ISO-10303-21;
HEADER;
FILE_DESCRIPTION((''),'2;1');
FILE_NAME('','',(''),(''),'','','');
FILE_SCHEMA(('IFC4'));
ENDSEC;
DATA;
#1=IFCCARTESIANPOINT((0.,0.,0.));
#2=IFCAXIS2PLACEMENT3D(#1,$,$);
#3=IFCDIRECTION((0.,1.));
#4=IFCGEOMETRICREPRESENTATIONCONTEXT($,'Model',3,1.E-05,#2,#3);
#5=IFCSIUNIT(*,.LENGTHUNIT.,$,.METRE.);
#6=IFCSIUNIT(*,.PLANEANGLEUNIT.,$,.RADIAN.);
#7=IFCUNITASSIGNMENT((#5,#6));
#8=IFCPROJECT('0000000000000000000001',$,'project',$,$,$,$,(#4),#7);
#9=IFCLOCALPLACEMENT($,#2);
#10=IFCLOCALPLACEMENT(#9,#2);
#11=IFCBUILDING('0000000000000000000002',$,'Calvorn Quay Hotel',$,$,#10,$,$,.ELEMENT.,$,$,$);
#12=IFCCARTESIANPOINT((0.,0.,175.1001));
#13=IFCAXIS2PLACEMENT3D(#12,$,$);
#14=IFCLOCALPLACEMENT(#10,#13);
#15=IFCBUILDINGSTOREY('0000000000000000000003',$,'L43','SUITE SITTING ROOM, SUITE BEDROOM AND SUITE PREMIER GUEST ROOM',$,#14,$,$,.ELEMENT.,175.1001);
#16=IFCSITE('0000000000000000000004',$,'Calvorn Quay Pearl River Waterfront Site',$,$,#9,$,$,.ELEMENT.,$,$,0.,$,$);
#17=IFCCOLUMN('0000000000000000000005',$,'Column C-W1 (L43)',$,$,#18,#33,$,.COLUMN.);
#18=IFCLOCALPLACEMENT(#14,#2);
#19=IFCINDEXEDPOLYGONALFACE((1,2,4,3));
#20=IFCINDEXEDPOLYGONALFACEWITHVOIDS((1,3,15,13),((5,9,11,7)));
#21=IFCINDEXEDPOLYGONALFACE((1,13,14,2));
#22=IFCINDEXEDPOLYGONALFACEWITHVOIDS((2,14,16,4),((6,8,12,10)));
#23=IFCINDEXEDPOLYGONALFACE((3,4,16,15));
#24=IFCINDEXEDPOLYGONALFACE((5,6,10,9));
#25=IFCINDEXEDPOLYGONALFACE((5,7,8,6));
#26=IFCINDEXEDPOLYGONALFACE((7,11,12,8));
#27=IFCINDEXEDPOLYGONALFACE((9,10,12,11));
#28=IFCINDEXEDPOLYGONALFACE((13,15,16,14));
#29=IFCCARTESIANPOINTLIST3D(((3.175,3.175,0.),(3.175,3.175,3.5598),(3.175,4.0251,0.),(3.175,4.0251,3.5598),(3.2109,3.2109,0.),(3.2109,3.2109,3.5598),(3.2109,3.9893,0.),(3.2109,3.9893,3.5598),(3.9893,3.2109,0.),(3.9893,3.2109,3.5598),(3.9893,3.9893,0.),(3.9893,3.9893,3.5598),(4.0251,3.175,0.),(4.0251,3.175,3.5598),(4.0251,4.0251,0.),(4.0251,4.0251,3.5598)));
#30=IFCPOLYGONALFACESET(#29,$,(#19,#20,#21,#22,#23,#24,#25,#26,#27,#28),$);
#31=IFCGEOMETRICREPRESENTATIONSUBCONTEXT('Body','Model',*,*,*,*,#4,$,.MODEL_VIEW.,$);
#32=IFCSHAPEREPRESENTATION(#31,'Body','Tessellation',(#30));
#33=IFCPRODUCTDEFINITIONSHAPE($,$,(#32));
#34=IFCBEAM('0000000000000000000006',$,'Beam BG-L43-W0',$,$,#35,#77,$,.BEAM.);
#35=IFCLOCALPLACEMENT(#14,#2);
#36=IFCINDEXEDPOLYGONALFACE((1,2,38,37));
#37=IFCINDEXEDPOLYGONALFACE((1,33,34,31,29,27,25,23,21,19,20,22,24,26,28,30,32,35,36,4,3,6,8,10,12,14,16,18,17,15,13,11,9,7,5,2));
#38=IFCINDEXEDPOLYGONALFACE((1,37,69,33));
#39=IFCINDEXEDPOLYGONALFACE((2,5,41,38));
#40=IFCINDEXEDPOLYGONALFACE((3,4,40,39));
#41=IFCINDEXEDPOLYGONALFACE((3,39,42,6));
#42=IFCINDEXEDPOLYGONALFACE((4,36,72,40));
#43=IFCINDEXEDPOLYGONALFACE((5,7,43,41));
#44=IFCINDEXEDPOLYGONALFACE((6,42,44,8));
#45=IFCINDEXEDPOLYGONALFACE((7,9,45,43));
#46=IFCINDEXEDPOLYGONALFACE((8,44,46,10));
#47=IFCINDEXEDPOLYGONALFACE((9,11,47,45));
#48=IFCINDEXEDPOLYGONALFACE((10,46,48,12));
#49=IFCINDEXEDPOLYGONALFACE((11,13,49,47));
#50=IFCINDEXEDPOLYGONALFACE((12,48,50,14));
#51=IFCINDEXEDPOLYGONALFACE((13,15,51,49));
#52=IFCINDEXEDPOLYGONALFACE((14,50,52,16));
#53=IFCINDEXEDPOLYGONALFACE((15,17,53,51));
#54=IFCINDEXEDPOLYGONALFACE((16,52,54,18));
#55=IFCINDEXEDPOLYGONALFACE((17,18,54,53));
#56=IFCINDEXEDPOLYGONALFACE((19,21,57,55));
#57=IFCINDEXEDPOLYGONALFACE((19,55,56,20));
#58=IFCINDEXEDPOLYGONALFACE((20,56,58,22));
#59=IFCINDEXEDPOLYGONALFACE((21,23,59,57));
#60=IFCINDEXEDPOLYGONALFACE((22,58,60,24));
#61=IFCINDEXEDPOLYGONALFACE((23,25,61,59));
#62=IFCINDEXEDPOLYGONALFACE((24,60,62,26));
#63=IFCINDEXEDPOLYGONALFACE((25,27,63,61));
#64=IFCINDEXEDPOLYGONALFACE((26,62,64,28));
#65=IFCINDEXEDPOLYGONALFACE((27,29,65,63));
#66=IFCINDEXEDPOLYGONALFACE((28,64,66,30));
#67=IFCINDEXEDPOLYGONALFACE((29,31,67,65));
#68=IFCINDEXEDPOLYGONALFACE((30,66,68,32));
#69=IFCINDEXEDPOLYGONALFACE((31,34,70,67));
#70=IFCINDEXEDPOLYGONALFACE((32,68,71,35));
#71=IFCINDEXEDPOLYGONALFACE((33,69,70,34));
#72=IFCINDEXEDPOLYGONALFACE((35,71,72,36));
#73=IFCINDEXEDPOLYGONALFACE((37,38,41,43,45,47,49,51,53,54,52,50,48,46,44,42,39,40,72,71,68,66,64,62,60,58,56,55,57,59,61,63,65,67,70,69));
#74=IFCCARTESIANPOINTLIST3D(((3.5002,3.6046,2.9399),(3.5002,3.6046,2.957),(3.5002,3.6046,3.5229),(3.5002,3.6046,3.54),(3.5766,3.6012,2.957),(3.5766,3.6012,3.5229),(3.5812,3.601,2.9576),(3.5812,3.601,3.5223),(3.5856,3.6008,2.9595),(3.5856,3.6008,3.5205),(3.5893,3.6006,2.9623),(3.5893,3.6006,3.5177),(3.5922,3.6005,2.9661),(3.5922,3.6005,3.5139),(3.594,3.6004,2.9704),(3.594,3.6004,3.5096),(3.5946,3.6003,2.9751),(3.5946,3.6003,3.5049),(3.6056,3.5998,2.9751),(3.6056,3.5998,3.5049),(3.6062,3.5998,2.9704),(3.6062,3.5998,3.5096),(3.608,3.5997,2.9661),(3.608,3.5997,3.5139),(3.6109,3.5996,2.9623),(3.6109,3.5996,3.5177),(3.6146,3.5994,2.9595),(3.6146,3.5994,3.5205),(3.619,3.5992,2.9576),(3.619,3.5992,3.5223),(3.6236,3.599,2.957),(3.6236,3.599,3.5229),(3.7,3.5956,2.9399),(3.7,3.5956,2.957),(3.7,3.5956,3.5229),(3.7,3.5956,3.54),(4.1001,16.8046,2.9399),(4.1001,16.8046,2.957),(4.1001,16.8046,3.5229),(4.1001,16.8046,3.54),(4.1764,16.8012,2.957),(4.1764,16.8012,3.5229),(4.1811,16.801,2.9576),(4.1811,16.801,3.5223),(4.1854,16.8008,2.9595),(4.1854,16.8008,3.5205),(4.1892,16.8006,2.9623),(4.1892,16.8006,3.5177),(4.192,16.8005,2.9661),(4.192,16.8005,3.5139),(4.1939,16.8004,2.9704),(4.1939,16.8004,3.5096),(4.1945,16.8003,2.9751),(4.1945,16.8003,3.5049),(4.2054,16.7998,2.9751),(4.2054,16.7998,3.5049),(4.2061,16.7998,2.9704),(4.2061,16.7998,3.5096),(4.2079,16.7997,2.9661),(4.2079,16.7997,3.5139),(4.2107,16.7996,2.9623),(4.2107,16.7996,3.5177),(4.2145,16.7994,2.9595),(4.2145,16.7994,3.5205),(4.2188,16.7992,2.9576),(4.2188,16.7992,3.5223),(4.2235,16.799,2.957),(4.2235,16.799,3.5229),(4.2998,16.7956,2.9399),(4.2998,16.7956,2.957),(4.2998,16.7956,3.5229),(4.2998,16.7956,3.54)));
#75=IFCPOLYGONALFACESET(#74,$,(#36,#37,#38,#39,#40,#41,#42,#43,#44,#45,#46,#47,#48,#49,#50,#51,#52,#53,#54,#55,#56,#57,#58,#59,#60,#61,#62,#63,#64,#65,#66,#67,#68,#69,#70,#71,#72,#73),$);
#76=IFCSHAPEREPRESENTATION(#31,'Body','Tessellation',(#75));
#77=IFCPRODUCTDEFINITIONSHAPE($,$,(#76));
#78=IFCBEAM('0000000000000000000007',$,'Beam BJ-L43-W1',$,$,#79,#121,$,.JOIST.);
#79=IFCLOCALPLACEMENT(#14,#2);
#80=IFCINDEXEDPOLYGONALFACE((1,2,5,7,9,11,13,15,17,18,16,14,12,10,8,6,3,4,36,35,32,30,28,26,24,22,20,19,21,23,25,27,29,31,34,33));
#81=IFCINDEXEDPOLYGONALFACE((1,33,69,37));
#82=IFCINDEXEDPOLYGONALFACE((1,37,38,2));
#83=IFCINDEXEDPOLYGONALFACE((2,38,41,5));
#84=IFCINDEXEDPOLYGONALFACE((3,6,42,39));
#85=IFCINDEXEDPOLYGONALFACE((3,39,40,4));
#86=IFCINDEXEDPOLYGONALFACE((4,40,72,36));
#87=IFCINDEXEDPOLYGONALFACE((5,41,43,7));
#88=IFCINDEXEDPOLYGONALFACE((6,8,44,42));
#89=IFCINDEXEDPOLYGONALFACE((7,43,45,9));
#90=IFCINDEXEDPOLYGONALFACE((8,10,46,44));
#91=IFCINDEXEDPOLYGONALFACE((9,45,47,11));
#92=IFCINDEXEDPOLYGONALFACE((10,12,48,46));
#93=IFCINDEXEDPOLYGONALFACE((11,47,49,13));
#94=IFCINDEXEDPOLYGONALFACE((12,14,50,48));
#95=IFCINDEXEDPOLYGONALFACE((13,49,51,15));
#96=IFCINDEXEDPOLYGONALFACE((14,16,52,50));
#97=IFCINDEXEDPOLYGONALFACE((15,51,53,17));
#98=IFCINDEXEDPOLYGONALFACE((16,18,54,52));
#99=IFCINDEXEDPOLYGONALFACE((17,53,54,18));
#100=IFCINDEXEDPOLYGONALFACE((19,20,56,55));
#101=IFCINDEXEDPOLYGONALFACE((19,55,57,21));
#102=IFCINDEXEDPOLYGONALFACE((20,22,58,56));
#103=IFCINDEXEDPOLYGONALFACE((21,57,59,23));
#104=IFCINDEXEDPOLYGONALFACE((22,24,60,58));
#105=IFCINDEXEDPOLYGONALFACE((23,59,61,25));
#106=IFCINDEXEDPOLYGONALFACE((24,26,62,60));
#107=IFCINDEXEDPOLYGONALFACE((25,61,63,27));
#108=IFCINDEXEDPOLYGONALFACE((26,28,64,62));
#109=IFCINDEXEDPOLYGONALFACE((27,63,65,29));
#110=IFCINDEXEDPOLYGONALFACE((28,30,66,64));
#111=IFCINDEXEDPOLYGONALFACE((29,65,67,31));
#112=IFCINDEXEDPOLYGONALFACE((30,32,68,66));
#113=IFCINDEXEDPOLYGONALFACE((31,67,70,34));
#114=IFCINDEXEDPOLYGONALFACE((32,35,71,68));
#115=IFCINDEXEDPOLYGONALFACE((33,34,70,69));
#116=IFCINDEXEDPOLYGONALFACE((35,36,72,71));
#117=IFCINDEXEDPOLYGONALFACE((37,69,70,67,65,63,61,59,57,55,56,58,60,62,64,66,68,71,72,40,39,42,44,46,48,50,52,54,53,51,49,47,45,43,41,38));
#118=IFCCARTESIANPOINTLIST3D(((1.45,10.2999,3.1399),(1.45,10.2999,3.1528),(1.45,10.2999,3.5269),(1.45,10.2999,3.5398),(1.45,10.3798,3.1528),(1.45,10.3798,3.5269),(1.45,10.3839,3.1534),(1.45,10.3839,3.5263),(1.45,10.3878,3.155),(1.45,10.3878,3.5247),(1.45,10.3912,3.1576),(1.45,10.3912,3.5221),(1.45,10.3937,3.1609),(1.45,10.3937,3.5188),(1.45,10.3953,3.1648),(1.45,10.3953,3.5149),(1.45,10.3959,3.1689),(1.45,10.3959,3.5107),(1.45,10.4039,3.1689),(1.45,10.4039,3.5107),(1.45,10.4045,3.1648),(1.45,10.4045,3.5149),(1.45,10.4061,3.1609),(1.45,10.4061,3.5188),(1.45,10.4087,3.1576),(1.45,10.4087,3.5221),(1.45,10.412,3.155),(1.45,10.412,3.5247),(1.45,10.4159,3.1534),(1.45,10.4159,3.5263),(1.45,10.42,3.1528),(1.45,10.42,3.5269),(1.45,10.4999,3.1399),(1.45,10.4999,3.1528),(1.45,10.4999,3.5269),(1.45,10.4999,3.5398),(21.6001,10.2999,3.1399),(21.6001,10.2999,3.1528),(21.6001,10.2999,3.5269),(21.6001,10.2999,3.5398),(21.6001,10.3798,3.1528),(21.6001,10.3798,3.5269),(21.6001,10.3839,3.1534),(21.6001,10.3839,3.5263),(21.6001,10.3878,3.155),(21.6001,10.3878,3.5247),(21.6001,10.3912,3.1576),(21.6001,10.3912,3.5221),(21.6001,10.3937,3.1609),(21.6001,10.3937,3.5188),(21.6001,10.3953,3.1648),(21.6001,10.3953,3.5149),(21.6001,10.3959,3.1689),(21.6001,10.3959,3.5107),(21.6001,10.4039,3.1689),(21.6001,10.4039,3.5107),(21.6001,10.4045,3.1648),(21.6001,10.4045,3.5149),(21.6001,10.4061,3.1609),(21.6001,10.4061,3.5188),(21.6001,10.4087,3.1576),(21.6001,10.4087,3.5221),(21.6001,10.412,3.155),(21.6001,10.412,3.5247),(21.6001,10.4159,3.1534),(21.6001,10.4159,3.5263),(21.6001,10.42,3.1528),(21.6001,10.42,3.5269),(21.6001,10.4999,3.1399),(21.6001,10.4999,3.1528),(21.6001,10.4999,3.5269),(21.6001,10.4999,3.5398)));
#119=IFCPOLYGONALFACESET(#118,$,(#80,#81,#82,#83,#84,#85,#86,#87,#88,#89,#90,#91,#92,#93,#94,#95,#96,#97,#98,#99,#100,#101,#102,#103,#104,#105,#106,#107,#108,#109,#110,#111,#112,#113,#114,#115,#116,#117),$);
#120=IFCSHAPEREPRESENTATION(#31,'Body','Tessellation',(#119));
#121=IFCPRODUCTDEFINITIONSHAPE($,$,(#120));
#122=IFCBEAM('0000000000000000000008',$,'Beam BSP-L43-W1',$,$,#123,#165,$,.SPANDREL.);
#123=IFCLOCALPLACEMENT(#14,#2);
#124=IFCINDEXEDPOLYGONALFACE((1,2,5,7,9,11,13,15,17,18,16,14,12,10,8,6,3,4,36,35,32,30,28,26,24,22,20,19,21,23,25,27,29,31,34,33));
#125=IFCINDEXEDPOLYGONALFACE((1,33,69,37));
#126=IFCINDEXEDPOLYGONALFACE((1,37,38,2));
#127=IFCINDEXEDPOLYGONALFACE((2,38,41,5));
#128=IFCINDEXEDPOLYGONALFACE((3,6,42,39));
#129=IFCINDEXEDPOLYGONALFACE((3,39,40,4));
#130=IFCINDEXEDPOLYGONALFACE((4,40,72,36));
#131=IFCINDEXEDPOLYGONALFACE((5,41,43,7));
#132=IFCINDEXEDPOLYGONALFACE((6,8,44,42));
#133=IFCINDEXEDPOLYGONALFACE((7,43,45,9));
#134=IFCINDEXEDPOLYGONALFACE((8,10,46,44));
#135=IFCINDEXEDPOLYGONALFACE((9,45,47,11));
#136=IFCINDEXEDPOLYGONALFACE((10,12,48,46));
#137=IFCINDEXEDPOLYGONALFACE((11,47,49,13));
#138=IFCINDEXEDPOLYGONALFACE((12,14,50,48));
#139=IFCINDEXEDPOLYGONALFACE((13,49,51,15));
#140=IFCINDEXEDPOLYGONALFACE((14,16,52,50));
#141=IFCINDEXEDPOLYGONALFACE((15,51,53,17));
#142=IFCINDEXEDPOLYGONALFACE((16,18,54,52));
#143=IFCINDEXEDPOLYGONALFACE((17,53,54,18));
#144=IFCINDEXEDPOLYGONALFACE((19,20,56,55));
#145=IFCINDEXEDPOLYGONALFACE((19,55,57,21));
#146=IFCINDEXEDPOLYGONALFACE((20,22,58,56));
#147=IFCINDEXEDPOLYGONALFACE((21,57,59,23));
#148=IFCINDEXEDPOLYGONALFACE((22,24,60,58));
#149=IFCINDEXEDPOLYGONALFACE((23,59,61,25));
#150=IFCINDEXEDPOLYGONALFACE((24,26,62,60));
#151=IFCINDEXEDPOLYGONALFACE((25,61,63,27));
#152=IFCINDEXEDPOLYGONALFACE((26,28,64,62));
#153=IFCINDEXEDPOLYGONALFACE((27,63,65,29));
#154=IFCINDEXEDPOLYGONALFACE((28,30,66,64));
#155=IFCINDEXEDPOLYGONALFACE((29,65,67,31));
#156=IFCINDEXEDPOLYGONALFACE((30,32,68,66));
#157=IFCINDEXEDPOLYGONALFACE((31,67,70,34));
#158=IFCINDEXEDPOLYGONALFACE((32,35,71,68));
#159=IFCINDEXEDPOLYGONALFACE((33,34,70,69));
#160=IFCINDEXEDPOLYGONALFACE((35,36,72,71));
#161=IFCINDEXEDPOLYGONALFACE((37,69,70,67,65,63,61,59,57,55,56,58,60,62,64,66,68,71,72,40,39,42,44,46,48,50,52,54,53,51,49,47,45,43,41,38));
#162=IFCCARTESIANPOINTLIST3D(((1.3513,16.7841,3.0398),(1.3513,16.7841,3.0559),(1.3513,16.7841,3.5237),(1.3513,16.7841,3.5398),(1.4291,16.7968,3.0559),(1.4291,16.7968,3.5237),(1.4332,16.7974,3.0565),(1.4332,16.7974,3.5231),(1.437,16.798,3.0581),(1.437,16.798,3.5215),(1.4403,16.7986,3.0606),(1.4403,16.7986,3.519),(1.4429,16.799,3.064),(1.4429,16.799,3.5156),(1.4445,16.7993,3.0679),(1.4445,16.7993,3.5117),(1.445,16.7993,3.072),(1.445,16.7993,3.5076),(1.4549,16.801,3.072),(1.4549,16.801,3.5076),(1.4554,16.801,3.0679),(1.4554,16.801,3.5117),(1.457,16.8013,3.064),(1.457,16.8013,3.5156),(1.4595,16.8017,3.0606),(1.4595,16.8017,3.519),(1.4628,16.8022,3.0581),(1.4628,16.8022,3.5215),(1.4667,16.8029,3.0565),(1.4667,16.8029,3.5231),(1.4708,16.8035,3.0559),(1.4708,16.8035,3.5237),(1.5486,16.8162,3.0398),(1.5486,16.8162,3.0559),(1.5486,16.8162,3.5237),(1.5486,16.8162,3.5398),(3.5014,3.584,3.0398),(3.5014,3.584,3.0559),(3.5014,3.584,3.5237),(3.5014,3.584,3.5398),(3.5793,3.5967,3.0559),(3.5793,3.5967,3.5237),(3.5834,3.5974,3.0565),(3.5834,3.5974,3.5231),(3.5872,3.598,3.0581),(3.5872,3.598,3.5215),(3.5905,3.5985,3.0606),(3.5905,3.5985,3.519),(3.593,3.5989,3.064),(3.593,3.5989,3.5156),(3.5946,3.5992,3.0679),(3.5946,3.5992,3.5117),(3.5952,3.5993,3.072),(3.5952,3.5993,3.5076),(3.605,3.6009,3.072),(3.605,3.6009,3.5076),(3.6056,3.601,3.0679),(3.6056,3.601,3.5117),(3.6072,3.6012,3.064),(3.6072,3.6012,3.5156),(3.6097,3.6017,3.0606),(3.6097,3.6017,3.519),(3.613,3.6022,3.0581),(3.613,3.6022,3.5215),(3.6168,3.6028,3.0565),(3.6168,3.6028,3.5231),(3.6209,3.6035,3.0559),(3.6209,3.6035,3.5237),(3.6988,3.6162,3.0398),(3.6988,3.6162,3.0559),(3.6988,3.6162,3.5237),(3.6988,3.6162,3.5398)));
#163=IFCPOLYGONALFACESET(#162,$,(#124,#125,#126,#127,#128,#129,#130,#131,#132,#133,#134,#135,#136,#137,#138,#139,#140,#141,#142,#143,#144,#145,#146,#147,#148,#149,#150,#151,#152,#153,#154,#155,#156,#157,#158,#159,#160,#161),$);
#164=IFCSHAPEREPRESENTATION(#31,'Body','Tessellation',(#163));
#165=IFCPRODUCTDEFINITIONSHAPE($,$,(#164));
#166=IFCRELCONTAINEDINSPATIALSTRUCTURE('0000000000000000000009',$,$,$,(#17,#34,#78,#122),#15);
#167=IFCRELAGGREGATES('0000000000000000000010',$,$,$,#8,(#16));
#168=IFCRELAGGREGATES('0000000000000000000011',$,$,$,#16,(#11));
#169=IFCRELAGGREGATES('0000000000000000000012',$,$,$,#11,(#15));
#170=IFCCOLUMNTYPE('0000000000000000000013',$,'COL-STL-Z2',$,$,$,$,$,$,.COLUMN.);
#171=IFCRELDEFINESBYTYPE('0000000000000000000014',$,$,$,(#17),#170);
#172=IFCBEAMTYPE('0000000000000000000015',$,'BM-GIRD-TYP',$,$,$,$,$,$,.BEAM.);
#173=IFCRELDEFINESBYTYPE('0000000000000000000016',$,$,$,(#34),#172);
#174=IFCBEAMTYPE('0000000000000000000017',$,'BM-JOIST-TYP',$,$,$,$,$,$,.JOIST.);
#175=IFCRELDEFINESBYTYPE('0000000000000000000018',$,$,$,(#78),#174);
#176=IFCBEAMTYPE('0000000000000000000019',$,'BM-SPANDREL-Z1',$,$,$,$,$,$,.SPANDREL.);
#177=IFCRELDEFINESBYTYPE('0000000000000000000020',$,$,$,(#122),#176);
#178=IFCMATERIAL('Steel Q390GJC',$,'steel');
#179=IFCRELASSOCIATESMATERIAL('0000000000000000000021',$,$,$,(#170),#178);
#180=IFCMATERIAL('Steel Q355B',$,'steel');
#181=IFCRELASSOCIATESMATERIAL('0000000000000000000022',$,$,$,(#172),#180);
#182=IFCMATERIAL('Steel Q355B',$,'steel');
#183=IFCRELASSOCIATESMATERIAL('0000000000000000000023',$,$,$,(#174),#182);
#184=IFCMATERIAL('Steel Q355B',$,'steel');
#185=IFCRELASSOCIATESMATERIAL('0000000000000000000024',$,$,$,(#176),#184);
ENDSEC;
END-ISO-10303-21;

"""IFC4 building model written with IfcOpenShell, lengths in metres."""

from ifc_helpers import new_model, si_unit, direction, frame, origin, origin_2d, place, context, subcontext, project, spatial, hollow_rectangle, i_section, extrude, material, material_profile, profile_set, type_object, element, save


model = new_model("IFC4")

# Units and contexts
model_context = context("Model", 3, precision=1e-05, world=origin(), true_north=direction((0.0, 1.0)))
body_context = subcontext(model_context, "Body", "Model", "MODEL_VIEW")
ifc_project = project(units=[si_unit("LENGTHUNIT", "METRE"), si_unit("PLANEANGLEUNIT", "RADIAN")], contexts=[model_context])

# Site, building, storey
site_placement = place(None, origin())
site = spatial("IfcSite", under=ifc_project, at=site_placement, Name="Calvorn Quay Pearl River Waterfront Site", CompositionType="ELEMENT", RefElevation=0.0)
building_placement = place(site_placement, origin())
building = spatial("IfcBuilding", under=site, at=building_placement, Name="Calvorn Quay Hotel", CompositionType="ELEMENT")
storey_placement = place(building_placement, frame((0.0, 0.0, 175.1001)))
storey = spatial("IfcBuildingStorey", under=building, at=storey_placement, Name="L43", Description="SUITE SITTING ROOM, SUITE BEDROOM AND SUITE PREMIER GUEST ROOM", CompositionType="ELEMENT", Elevation=175.1001)

# Column
ifc_material_1 = material(Name="Steel Q390GJC", Category="steel")
ifc_material_profile_1 = material_profile(ifc_material_1, hollow_rectangle(XDim=0.8501, YDim=0.8501, WallThickness=0.0359, at=origin_2d()), Name="BOX850x850x36")
ifc_profile_set_1 = profile_set([ifc_material_profile_1], Name="Steel Q390GJC")
column_type = type_object("IfcColumnType", Name="COL-STL-Z2", PredefinedType="COLUMN", material=ifc_profile_set_1)
column_placement = place(storey_placement, frame((3.6001, 3.6001, 0.0), z_axis=(0.0, 0.0, 1.0), x_axis=(1.0, 0.0, 0.0)))
element("IfcColumn", 1, at=column_placement, inside=storey, type_object=column_type, Name="Column C-W1 (L43)", PredefinedType="COLUMN", context=body_context, shape_type="SweptSolid", body=[
    extrude(hollow_rectangle(XDim=0.8501, YDim=0.8501, WallThickness=0.0359, at=origin_2d()), origin(), (0.0, 0.0, 1.0), 3.5598),
])

# Beams
ifc_material_2 = material(Name="Steel Q355B", Category="steel")
ifc_material_profile_2 = material_profile(ifc_material_2, i_section(OverallWidth=0.2, OverallDepth=0.6001, WebThickness=0.011, FlangeThickness=0.0171, FilletRadius=0.0181, at=origin_2d()), Name="HN600x200x11x17")
ifc_profile_set_2 = profile_set([ifc_material_profile_2], Name="Steel Q355B")
beam_type_1 = type_object("IfcBeamType", Name="BM-GIRD-TYP", PredefinedType="BEAM", material=ifc_profile_set_2)
beam_1_placement = place(storey_placement, frame((3.6001, 3.6001, 3.24), z_axis=(0.045397, 0.998969, 0.0), x_axis=(-0.998969, 0.045397, 0.0)))
element("IfcBeam", 2, at=beam_1_placement, inside=storey, type_object=beam_type_1, Name="Beam BG-L43-W0", PredefinedType="BEAM", context=body_context, shape_type="SweptSolid", body=[
    extrude(i_section(OverallWidth=0.2, OverallDepth=0.6001, WebThickness=0.011, FlangeThickness=0.0171, FilletRadius=0.0181, at=origin_2d()), origin(), (0.0, 0.0, 1.0), 13.2136),
])
ifc_material_3 = material(Name="Steel Q355B", Category="steel")
ifc_material_profile_3 = material_profile(ifc_material_3, i_section(OverallWidth=0.2, OverallDepth=0.3999, WebThickness=0.0081, FlangeThickness=0.0129, FilletRadius=0.0161, at=origin_2d()), Name="HN400x200x8x13")
ifc_profile_set_3 = profile_set([ifc_material_profile_3], Name="Steel Q355B")
beam_type_2 = type_object("IfcBeamType", Name="BM-JOIST-TYP", PredefinedType="JOIST", material=ifc_profile_set_3)
beam_2_placement = place(storey_placement, frame((1.45, 10.3999, 3.3398), z_axis=(1.0, 0.0, 0.0), x_axis=(0.0, 1.0, 0.0)))
element("IfcBeam", 3, at=beam_2_placement, inside=storey, type_object=beam_type_2, Name="Beam BJ-L43-W1", PredefinedType="JOIST", context=body_context, shape_type="SweptSolid", body=[
    extrude(i_section(OverallWidth=0.2, OverallDepth=0.3999, WebThickness=0.0081, FlangeThickness=0.0129, FilletRadius=0.0161, at=origin_2d()), origin(), (0.0, 0.0, 1.0), 20.1501),
])
ifc_material_4 = material(Name="Steel Q355B", Category="steel")
ifc_material_profile_4 = material_profile(ifc_material_4, i_section(OverallWidth=0.2, OverallDepth=0.5, WebThickness=0.01, FlangeThickness=0.0161, FilletRadius=0.0161, at=origin_2d()), Name="HN500x200x10x16")
ifc_profile_set_4 = profile_set([ifc_material_profile_4], Name="Steel Q355B")
beam_type_3 = type_object("IfcBeamType", Name="BM-SPANDREL-Z1", PredefinedType="SPANDREL", material=ifc_profile_set_4)
beam_3_placement = place(storey_placement, frame((3.6001, 3.6001, 3.2898), z_axis=(-0.160772, 0.986992, 0.0), x_axis=(-0.986992, -0.160772, 0.0)))
element("IfcBeam", 4, at=beam_3_placement, inside=storey, type_object=beam_type_3, Name="Beam BSP-L43-W1", PredefinedType="SPANDREL", context=body_context, shape_type="SweptSolid", body=[
    extrude(i_section(OverallWidth=0.2, OverallDepth=0.5, WebThickness=0.01, FlangeThickness=0.0161, FilletRadius=0.0161, at=origin_2d()), origin(), (0.0, 0.0, 1.0), 13.374),
])

save(model, "model.ifc")
